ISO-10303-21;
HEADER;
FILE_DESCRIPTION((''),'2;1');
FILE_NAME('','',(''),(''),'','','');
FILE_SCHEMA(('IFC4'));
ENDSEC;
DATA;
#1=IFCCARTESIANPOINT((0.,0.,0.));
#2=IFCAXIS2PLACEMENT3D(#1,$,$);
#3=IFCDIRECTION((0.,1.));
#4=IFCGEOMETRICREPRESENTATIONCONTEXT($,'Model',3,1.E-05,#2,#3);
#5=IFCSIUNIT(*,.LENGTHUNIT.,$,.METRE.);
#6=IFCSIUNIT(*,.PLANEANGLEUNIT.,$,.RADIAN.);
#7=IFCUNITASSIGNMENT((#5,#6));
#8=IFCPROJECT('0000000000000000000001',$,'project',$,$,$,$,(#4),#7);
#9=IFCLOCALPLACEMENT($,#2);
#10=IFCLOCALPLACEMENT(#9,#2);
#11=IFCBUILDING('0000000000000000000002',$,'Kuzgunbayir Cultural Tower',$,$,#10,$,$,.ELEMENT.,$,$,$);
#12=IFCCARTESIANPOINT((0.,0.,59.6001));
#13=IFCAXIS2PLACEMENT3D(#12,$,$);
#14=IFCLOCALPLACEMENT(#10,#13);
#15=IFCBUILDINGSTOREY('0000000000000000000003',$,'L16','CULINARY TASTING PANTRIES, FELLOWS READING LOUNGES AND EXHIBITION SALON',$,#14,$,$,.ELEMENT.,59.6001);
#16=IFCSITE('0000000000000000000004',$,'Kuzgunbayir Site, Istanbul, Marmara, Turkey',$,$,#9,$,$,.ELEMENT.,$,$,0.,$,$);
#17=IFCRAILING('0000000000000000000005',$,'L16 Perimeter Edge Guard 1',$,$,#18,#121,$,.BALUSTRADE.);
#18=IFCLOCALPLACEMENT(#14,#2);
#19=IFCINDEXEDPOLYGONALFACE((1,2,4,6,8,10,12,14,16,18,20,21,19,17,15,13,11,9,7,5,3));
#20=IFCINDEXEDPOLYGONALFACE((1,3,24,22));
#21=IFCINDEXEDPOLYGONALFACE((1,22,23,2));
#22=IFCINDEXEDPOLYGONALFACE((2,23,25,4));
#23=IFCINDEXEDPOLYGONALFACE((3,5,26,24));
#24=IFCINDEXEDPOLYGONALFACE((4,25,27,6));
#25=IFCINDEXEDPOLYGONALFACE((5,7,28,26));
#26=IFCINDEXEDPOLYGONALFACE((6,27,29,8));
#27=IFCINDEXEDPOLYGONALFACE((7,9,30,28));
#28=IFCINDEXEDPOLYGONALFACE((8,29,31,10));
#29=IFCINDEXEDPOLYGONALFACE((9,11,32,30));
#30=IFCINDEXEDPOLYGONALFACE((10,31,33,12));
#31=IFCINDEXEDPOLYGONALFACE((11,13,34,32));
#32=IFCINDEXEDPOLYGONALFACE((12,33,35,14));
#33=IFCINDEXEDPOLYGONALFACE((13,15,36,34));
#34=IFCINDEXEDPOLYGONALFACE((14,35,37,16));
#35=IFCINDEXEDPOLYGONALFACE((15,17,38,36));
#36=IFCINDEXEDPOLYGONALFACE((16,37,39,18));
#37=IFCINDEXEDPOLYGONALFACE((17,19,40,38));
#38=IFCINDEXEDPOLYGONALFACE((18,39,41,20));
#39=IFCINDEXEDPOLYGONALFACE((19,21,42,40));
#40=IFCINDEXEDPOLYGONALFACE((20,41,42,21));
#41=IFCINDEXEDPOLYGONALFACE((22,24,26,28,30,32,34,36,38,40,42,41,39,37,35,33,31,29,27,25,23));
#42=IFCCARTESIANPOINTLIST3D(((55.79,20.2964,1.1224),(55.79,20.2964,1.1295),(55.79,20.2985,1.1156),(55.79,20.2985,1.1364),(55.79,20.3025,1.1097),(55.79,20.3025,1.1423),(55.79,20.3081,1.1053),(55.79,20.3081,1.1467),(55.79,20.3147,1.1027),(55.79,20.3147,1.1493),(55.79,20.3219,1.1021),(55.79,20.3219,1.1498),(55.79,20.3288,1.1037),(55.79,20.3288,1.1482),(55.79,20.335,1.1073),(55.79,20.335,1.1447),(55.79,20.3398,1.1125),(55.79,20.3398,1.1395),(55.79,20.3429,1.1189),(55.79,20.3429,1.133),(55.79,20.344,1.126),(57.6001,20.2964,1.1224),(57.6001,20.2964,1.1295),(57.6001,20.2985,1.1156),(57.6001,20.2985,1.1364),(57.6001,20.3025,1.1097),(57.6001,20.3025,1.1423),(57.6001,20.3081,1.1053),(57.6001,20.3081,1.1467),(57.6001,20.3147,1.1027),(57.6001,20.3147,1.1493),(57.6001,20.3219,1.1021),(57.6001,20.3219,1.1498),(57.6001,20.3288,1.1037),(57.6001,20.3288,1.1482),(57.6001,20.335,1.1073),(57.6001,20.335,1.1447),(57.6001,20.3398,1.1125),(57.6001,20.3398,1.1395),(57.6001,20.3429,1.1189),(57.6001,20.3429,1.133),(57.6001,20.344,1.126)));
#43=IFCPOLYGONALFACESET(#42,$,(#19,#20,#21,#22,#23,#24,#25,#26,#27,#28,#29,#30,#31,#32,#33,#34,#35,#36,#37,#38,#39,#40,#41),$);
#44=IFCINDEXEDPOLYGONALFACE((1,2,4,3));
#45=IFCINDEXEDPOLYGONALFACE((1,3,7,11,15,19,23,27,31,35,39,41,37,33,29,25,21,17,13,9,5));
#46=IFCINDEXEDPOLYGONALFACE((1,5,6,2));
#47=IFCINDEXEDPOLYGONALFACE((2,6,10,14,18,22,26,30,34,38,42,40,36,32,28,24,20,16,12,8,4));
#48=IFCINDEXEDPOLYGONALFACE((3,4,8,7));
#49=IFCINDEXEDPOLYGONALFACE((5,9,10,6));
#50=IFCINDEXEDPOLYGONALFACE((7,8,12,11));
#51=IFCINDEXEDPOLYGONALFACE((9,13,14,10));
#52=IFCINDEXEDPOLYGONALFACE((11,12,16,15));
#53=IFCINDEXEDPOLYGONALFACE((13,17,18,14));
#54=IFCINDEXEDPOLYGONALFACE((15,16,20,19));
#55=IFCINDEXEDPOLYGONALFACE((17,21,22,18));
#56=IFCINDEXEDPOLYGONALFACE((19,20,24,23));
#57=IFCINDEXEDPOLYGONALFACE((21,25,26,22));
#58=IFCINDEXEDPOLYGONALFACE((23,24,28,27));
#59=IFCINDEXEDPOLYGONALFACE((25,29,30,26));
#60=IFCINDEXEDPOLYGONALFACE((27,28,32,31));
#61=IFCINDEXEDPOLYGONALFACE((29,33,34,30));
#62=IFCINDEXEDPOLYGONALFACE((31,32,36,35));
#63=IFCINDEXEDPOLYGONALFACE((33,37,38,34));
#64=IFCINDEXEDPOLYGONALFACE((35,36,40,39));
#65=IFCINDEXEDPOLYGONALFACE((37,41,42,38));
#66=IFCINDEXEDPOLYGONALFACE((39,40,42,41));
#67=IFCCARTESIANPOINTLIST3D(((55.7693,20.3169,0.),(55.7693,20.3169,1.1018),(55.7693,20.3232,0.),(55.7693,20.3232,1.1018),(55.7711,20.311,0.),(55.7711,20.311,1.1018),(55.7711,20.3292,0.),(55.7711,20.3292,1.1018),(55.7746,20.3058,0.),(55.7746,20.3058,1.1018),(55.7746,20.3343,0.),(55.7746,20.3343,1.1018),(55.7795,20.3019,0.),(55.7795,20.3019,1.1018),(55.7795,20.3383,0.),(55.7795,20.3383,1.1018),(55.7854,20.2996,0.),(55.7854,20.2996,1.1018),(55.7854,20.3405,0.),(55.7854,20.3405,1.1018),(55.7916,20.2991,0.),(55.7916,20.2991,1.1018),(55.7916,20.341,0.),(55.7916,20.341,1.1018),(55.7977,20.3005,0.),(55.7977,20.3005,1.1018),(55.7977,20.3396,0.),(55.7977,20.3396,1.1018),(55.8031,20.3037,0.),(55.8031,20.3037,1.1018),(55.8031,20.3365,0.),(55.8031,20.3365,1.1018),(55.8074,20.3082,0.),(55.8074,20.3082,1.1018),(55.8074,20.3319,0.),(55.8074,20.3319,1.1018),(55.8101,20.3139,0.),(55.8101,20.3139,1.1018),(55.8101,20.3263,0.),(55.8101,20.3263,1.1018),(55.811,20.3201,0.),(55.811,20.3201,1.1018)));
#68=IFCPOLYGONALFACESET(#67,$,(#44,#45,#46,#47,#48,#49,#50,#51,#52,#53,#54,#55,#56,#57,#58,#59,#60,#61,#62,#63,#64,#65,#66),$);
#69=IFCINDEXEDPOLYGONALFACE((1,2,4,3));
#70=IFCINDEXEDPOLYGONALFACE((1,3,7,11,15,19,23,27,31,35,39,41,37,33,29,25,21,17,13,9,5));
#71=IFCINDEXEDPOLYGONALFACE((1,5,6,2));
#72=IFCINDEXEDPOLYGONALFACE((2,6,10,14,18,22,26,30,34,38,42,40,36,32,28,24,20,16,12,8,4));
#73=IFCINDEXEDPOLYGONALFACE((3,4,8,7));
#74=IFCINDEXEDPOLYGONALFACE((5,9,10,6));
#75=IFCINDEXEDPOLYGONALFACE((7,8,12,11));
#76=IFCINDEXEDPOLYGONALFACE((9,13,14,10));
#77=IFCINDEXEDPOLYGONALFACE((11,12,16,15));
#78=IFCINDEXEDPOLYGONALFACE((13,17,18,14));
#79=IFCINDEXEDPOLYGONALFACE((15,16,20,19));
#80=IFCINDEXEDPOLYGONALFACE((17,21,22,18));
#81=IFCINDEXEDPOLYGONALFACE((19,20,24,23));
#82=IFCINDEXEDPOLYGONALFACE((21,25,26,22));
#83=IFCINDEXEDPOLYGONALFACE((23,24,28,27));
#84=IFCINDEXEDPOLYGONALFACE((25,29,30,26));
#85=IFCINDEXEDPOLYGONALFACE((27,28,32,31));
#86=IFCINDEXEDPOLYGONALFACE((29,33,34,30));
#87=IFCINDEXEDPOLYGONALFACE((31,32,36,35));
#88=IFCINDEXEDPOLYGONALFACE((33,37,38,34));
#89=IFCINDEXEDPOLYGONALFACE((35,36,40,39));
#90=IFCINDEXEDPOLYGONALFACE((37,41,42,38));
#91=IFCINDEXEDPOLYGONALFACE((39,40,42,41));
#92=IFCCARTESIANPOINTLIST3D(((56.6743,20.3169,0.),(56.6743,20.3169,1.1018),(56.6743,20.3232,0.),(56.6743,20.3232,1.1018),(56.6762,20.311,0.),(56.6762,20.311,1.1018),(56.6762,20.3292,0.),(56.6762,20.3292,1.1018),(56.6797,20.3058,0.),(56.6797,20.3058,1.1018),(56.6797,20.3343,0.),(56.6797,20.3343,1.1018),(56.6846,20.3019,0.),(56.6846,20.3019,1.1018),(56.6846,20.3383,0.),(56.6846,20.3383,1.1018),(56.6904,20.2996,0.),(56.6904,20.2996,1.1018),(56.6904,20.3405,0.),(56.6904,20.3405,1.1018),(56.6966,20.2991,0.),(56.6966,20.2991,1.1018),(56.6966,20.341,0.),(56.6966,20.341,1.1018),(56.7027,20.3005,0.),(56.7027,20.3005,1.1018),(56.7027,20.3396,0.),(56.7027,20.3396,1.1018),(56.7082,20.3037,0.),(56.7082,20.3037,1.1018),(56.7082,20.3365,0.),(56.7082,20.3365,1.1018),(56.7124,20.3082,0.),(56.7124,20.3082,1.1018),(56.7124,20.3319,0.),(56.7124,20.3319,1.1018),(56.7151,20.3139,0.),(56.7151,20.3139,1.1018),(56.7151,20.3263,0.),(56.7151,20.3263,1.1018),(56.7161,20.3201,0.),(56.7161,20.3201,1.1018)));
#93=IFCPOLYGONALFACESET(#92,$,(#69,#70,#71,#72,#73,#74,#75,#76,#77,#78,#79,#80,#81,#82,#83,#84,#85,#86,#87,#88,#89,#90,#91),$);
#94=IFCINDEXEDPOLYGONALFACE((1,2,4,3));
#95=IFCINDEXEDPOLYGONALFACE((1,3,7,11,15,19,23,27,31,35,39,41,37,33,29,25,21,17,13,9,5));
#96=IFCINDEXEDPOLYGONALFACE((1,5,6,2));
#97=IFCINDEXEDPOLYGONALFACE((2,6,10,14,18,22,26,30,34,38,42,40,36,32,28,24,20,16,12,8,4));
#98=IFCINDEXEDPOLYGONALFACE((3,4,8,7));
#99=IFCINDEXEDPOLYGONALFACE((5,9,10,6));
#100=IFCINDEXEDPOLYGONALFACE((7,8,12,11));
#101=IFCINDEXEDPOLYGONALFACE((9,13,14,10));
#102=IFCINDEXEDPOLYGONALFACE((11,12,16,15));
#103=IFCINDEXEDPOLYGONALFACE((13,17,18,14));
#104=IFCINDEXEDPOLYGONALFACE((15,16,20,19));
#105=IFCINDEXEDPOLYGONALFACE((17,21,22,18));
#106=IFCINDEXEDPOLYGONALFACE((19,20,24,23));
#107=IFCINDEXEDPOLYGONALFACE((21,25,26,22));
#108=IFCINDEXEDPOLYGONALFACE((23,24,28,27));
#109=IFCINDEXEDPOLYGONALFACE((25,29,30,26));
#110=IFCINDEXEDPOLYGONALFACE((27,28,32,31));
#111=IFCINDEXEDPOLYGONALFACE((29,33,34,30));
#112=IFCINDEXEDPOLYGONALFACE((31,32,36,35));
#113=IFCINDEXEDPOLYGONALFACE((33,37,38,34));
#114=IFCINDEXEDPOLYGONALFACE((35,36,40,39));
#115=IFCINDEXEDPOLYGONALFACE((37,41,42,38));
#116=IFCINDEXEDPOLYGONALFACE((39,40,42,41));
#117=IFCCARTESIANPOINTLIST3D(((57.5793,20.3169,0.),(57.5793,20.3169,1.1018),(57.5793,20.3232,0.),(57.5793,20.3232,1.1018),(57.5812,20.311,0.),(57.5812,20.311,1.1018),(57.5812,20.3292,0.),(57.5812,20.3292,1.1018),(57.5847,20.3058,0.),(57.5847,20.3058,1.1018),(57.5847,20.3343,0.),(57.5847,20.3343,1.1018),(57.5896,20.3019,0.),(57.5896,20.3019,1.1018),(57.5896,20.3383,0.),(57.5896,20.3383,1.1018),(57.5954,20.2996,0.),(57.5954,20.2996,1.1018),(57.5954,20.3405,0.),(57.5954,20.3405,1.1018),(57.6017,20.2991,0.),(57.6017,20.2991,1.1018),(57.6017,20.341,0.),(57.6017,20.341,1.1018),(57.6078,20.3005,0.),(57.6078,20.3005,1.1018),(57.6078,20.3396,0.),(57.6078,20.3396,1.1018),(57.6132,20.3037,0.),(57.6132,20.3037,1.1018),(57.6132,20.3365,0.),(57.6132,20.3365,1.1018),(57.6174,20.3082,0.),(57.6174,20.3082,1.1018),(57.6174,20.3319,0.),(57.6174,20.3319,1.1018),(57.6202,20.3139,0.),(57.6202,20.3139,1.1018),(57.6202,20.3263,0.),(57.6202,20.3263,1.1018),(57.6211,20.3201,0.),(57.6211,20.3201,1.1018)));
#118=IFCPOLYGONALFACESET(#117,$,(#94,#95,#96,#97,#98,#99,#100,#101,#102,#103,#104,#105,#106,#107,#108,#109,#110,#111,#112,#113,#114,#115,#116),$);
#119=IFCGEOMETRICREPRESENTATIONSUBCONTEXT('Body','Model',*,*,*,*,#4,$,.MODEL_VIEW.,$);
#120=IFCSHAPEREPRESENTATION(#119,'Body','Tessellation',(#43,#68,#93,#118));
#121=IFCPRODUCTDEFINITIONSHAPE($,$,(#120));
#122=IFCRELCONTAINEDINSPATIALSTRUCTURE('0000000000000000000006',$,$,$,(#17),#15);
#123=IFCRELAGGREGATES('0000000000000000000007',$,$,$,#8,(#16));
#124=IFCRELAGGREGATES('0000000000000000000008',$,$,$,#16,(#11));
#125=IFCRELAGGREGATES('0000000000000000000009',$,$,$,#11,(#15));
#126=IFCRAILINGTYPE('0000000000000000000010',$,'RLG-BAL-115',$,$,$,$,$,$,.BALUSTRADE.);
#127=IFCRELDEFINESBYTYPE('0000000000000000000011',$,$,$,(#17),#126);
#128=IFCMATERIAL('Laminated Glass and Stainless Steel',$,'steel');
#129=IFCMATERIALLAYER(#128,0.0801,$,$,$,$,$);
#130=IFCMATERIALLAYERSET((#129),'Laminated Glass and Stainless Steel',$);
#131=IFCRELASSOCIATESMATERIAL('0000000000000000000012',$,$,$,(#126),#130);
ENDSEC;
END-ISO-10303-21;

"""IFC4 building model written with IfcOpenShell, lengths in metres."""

from ifc_helpers import new_model, si_unit, direction, frame, origin, origin_2d, place, context, subcontext, project, spatial, circle, extrude, material, layer, layer_set, type_object, element, save


model = new_model("IFC4")

# Units and contexts
model_context = context("Model", 3, precision=1e-05, world=origin(), true_north=direction((0.0, 1.0)))
body_context = subcontext(model_context, "Body", "Model", "MODEL_VIEW")
ifc_project = project(units=[si_unit("LENGTHUNIT", "METRE"), si_unit("PLANEANGLEUNIT", "RADIAN")], contexts=[model_context])

# Site, building, storey
site_placement = place(None, origin())
site = spatial("IfcSite", under=ifc_project, at=site_placement, Name="Kuzgunbayir Site, Istanbul, Marmara, Turkey", CompositionType="ELEMENT", RefElevation=0.0)
building_placement = place(site_placement, origin())
building = spatial("IfcBuilding", under=site, at=building_placement, Name="Kuzgunbayir Cultural Tower", CompositionType="ELEMENT")
storey_placement = place(building_placement, frame((0.0, 0.0, 59.6001)))
storey = spatial("IfcBuildingStorey", under=building, at=storey_placement, Name="L16", Description="CULINARY TASTING PANTRIES, FELLOWS READING LOUNGES AND EXHIBITION SALON", CompositionType="ELEMENT", Elevation=59.6001)

# Railing
ifc_material_1 = material(Name="Laminated Glass and Stainless Steel", Category="steel")
ifc_layer_1 = layer(ifc_material_1, 0.0801)
ifc_layer_set_1 = layer_set([ifc_layer_1], Name="Laminated Glass and Stainless Steel")
railing_type = type_object("IfcRailingType", Name="RLG-BAL-115", PredefinedType="BALUSTRADE", material=ifc_layer_set_1)
railing_placement = place(storey_placement, frame((55.79, 20.3201, 0.0)))
element("IfcRailing", 1, at=railing_placement, inside=storey, type_object=railing_type, Name="L16 Perimeter Edge Guard 1", PredefinedType="BALUSTRADE", context=body_context, shape_type="SweptSolid", body=[
    extrude(circle(Radius=0.0239, at=origin_2d()), frame((0.0, 0.0, 1.126), z_axis=(1.0, 0.0, 0.0), x_axis=(0.0, 1.0, 0.0)), (0.0, 0.0, 1.0), 1.8101),
    extrude(circle(Radius=0.021, at=origin_2d()), origin(), (0.0, 0.0, 1.0), 1.1018),
    extrude(circle(Radius=0.021, at=origin_2d()), frame((0.905, 0.0, 0.0)), (0.0, 0.0, 1.0), 1.1018),
    extrude(circle(Radius=0.021, at=origin_2d()), frame((1.8101, 0.0, 0.0)), (0.0, 0.0, 1.0), 1.1018),
])

save(model, "model.ifc")
